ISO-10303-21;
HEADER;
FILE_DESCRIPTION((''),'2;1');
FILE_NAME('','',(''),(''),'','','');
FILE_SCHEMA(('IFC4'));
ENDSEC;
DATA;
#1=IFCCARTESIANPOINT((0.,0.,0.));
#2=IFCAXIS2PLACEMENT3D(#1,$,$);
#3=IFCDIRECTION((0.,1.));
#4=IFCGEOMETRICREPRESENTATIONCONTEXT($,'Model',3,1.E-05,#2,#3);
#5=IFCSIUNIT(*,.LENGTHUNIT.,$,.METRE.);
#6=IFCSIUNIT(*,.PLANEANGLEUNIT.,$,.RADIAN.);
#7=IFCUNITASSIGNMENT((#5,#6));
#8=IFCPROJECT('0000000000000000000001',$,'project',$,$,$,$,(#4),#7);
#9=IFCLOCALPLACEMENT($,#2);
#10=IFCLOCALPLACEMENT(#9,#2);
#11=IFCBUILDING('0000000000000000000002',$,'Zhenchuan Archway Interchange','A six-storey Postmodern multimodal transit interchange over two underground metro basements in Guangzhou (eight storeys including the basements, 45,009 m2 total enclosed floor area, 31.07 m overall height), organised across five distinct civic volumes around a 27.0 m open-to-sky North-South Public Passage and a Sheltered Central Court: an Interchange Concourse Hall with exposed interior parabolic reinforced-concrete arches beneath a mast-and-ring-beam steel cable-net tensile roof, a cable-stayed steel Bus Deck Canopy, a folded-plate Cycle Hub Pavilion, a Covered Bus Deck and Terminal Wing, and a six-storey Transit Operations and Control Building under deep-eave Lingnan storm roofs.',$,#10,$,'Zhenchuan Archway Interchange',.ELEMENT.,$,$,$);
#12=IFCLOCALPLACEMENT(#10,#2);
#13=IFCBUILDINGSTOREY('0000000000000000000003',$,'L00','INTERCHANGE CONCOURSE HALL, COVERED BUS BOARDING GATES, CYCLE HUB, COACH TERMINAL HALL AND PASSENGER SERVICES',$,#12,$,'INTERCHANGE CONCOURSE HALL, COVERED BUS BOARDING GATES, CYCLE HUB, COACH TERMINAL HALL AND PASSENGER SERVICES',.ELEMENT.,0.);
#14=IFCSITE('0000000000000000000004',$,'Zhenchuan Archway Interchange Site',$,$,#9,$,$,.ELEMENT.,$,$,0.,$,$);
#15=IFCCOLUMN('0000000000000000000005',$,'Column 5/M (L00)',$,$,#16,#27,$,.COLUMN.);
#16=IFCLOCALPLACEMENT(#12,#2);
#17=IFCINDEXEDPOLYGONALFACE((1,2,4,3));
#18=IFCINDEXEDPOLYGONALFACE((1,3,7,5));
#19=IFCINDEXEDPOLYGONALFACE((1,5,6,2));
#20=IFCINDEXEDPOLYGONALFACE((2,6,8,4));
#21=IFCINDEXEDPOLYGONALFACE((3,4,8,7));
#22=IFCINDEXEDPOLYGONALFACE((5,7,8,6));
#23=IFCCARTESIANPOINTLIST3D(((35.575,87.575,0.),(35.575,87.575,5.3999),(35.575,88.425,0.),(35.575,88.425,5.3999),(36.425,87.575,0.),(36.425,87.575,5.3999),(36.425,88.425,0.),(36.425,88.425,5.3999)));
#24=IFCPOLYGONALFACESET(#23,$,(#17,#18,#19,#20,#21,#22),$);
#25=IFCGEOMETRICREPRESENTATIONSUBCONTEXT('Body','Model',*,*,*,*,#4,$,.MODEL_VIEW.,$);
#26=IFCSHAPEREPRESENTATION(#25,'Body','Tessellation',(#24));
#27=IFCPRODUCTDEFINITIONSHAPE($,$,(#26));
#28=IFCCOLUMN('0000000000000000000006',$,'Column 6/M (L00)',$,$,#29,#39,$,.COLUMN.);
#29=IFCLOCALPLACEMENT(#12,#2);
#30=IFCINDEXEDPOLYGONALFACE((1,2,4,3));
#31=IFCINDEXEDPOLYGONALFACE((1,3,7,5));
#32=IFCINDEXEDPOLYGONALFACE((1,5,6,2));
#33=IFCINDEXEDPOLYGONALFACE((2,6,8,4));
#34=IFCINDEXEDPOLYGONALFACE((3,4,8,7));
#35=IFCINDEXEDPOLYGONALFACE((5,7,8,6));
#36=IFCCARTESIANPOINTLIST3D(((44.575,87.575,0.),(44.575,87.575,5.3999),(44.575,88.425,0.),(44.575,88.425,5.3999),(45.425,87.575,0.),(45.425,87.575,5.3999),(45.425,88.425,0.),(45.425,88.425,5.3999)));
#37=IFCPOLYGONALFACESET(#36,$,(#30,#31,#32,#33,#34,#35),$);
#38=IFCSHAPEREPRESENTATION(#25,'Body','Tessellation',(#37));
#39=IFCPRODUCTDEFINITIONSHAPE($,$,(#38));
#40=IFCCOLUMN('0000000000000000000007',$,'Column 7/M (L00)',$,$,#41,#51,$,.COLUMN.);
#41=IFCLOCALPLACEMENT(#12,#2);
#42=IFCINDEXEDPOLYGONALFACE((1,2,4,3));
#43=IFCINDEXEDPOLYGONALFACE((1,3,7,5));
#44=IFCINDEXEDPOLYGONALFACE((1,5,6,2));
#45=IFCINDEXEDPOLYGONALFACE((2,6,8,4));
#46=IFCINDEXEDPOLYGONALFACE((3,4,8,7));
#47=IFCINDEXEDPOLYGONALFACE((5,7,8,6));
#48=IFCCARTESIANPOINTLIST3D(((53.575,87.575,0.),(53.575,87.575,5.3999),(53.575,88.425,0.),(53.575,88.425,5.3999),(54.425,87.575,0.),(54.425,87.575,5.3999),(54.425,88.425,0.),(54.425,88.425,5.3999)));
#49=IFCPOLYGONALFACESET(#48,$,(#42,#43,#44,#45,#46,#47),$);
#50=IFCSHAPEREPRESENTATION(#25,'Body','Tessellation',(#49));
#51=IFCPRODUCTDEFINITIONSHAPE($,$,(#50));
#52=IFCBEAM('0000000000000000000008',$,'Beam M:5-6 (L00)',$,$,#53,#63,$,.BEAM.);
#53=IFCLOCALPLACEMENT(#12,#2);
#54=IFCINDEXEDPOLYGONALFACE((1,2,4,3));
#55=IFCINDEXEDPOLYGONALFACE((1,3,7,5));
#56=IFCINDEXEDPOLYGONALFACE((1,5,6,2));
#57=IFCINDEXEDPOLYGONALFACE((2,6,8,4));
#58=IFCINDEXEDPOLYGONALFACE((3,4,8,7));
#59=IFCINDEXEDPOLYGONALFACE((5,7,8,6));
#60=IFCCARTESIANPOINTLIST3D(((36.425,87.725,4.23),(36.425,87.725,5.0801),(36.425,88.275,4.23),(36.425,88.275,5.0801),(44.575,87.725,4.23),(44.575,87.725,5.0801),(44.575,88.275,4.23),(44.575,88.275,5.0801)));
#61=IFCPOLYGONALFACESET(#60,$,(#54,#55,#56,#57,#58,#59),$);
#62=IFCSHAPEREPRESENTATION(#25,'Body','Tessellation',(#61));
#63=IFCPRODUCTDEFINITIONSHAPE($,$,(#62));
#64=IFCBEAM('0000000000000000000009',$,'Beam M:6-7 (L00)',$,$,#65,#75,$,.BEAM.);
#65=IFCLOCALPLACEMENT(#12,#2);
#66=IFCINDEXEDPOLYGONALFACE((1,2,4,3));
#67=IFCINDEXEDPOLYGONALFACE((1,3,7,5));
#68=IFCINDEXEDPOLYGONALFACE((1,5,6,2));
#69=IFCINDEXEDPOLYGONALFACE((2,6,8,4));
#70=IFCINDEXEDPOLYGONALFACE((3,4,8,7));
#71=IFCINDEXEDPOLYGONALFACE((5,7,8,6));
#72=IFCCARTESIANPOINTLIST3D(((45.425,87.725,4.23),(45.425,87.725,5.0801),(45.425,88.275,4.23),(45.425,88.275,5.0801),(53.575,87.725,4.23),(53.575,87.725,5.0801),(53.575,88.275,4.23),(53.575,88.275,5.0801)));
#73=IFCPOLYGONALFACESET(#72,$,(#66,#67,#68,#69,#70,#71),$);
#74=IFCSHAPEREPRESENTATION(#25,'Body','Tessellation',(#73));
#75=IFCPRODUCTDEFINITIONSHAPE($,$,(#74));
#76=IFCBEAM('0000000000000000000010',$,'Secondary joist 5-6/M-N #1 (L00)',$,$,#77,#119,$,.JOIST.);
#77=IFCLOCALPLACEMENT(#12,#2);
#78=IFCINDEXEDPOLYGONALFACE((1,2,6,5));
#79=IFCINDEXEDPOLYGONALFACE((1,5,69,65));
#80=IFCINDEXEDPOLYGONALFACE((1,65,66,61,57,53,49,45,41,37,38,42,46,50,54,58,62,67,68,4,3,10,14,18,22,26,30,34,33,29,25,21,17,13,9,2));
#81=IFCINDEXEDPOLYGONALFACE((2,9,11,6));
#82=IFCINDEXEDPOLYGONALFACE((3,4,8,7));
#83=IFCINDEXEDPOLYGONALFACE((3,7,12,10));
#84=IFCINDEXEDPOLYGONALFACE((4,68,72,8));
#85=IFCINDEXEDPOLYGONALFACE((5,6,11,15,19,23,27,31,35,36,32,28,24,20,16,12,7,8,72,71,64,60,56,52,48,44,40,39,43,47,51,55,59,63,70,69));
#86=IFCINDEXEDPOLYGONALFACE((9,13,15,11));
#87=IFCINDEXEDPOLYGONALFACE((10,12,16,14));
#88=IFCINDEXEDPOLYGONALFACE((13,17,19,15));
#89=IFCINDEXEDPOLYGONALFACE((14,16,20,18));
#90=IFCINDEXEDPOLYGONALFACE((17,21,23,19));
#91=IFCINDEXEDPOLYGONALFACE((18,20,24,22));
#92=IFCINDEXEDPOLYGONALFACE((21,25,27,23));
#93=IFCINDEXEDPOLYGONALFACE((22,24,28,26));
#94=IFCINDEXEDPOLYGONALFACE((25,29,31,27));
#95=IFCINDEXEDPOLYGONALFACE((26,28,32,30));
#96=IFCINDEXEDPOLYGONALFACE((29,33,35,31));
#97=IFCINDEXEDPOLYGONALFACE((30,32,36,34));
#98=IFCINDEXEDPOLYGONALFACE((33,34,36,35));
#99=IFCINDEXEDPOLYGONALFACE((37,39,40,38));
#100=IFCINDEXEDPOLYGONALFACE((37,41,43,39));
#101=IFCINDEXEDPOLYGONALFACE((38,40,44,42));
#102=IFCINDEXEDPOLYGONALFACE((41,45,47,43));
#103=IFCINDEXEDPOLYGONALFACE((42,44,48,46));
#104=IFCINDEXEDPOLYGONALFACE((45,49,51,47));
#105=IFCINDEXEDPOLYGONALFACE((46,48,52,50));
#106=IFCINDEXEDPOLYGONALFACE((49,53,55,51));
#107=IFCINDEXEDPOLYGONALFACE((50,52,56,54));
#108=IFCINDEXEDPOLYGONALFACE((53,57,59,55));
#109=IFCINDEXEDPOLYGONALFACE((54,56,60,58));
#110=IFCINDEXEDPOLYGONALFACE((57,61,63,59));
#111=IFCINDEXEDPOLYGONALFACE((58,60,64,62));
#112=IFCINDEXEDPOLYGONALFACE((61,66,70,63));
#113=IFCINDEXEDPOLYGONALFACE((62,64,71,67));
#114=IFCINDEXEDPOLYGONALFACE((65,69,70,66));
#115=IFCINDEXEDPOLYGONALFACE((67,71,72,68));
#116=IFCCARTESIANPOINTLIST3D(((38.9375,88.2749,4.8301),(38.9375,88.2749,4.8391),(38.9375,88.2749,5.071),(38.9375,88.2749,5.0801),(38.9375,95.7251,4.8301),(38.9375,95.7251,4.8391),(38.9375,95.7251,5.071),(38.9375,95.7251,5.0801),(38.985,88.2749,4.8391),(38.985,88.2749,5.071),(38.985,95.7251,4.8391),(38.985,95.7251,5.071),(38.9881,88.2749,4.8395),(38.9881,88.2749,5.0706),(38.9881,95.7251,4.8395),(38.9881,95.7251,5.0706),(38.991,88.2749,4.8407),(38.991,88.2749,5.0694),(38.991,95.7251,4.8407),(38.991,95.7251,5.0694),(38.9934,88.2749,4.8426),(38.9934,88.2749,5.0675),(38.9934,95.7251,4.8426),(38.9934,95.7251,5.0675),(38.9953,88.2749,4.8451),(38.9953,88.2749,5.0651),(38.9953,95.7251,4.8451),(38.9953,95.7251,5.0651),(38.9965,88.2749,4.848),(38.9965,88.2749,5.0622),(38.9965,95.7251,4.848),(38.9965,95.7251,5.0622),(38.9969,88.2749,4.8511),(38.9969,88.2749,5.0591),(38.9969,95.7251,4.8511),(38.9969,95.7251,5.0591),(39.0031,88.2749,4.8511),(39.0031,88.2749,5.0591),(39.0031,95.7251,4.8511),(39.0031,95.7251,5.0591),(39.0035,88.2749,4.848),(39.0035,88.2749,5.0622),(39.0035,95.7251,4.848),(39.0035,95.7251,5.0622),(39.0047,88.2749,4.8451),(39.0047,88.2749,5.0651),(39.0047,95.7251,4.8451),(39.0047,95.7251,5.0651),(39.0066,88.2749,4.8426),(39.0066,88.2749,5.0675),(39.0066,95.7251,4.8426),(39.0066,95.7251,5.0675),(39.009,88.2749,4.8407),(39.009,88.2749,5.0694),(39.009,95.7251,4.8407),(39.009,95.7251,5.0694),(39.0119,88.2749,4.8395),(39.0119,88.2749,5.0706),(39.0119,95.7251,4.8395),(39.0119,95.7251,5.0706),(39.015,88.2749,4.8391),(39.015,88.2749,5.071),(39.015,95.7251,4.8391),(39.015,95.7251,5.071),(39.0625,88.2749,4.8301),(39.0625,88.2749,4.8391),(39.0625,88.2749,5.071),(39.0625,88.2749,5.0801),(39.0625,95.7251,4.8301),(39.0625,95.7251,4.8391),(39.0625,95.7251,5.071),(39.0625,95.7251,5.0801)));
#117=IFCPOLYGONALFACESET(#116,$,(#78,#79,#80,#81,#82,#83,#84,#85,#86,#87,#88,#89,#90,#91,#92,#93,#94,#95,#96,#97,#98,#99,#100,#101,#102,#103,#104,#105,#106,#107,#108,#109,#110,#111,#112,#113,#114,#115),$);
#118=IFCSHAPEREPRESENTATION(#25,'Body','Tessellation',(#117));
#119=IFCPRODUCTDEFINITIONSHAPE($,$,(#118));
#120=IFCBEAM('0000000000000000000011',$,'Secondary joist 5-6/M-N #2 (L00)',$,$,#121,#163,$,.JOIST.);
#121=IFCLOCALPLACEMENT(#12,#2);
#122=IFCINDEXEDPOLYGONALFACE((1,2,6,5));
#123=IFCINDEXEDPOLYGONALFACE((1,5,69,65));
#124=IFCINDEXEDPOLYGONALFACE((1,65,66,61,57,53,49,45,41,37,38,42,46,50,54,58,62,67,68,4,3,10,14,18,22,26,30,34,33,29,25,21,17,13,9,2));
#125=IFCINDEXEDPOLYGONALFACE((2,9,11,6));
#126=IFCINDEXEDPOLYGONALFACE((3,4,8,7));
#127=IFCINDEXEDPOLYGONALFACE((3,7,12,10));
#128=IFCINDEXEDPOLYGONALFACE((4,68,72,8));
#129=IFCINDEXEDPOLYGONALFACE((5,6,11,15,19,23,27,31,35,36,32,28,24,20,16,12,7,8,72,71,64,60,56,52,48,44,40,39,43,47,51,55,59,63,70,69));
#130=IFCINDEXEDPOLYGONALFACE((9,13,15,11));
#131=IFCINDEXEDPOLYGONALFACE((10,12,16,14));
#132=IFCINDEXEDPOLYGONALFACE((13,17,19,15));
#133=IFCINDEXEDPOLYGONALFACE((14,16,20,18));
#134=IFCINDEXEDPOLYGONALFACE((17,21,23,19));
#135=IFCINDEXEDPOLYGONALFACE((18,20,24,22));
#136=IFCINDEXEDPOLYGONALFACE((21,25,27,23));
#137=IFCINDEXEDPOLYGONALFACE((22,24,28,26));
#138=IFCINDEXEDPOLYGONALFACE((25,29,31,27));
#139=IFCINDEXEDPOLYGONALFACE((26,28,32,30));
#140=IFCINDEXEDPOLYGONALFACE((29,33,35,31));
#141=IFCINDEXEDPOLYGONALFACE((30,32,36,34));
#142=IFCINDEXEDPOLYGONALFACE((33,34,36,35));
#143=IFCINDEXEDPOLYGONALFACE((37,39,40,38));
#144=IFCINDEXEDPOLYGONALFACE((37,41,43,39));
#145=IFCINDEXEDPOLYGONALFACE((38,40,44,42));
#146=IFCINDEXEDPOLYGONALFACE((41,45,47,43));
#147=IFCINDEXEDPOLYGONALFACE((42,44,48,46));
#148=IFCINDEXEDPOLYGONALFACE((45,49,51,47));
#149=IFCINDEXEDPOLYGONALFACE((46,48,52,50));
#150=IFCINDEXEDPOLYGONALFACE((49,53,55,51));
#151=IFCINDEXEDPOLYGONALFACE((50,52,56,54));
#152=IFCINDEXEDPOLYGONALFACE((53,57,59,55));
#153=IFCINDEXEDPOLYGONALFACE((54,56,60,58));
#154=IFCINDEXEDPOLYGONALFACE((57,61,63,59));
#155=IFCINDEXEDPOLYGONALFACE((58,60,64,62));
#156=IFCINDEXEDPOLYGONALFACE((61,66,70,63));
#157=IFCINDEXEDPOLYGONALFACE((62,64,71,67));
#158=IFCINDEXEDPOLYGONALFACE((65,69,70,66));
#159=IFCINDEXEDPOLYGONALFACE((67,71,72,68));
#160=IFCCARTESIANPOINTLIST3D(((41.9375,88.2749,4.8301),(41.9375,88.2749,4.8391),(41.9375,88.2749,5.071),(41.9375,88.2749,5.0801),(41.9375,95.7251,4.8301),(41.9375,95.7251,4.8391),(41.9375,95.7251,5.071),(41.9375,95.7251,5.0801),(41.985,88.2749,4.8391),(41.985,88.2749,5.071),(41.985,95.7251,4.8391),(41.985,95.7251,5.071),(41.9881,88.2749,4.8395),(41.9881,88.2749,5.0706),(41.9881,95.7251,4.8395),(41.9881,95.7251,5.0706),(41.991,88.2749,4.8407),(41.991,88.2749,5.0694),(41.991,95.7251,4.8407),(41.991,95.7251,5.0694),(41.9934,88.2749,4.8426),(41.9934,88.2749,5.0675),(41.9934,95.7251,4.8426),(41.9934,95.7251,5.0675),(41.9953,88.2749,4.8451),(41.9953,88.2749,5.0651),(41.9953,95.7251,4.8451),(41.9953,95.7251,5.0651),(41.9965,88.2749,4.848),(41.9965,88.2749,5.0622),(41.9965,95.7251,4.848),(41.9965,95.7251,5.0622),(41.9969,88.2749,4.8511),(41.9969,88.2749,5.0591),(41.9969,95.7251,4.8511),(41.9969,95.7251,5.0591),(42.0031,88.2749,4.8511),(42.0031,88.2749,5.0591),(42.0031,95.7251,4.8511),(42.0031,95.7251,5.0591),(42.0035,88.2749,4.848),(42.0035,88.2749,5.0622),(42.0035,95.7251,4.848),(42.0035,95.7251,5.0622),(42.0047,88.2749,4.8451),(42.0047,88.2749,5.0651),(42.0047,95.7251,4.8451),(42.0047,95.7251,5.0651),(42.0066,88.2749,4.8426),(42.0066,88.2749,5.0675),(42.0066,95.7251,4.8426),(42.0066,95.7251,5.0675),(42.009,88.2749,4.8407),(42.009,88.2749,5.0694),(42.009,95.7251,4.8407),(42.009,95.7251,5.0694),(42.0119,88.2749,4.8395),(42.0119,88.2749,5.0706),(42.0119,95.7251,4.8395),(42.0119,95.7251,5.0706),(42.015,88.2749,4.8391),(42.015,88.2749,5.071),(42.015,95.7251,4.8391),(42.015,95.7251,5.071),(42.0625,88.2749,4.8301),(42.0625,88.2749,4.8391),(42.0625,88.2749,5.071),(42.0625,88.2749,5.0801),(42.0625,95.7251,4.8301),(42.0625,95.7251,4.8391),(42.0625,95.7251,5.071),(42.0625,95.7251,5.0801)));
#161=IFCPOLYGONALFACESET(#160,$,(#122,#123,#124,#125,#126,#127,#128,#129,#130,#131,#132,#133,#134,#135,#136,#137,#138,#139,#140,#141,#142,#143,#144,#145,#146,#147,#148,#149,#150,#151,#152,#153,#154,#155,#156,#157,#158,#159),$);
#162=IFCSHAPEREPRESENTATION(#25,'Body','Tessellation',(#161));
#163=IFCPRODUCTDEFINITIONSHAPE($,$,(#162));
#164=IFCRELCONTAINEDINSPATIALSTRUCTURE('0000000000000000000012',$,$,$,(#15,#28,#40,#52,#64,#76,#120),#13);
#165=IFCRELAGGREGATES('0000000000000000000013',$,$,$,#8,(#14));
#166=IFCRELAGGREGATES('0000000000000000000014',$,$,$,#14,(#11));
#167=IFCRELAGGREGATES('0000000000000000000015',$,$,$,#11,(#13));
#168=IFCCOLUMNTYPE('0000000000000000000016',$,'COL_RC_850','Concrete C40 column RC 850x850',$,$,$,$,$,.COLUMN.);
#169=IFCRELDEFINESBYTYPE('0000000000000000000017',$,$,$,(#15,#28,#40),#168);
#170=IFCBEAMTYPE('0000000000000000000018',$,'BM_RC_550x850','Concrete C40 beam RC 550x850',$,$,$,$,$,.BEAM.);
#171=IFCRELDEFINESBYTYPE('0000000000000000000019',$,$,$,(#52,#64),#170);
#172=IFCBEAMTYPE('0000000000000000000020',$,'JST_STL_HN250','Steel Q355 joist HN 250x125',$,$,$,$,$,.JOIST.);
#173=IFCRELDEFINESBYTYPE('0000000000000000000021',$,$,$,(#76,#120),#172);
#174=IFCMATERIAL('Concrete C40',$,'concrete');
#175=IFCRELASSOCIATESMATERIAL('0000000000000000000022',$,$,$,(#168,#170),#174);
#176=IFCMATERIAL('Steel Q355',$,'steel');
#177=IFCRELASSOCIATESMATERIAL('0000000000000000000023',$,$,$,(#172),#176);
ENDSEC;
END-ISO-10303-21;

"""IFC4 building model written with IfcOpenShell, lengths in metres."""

from ifc_helpers import new_model, si_unit, direction, frame, origin, origin_2d, place, context, subcontext, project, spatial, rectangle, i_section, extrude, material, material_profile, profile_set, type_object, element, save


model = new_model("IFC4")

# Units and contexts
model_context = context("Model", 3, precision=1e-05, world=origin(), true_north=direction((0.0, 1.0)))
body_context = subcontext(model_context, "Body", "Model", "MODEL_VIEW")
ifc_project = project(units=[si_unit("LENGTHUNIT", "METRE"), si_unit("PLANEANGLEUNIT", "RADIAN")], contexts=[model_context])

# Site, building, storey
site_placement = place(None, origin())
site = spatial("IfcSite", under=ifc_project, at=site_placement, Name="Zhenchuan Archway Interchange Site", CompositionType="ELEMENT", RefElevation=0.0)
building_placement = place(site_placement, origin())
building = spatial("IfcBuilding", under=site, at=building_placement, Name="Zhenchuan Archway Interchange", Description="A six-storey Postmodern multimodal transit interchange over two underground metro basements in Guangzhou (eight storeys including the basements, 45,009 m2 total enclosed floor area, 31.07 m overall height), organised across five distinct civic volumes around a 27.0 m open-to-sky North-South Public Passage and a Sheltered Central Court: an Interchange Concourse Hall with exposed interior parabolic reinforced-concrete arches beneath a mast-and-ring-beam steel cable-net tensile roof, a cable-stayed steel Bus Deck Canopy, a folded-plate Cycle Hub Pavilion, a Covered Bus Deck and Terminal Wing, and a six-storey Transit Operations and Control Building under deep-eave Lingnan storm roofs.", LongName="Zhenchuan Archway Interchange", CompositionType="ELEMENT")
storey_placement = place(building_placement, origin())
storey = spatial("IfcBuildingStorey", under=building, at=storey_placement, Name="L00", Description="INTERCHANGE CONCOURSE HALL, COVERED BUS BOARDING GATES, CYCLE HUB, COACH TERMINAL HALL AND PASSENGER SERVICES", LongName="INTERCHANGE CONCOURSE HALL, COVERED BUS BOARDING GATES, CYCLE HUB, COACH TERMINAL HALL AND PASSENGER SERVICES", CompositionType="ELEMENT", Elevation=0.0)

# Columns
ifc_material_1 = material(Name="Concrete C40", Category="concrete")
ifc_material_profile_1 = material_profile(ifc_material_1, rectangle(XDim=0.8501, YDim=0.8501, at=origin_2d()), Name="RC 850x850")
ifc_profile_set_1 = profile_set([ifc_material_profile_1], Name="Concrete C40")
column_type = type_object("IfcColumnType", Name="COL_RC_850", Description="Concrete C40 column RC 850x850", PredefinedType="COLUMN", material=ifc_profile_set_1)
for number, where, z_axis, x_axis, name in (
    (1, (36.0, 88.0, 0.0), (0.0, 0.0, 1.0), (1.0, 0.0, 0.0), "Column 5/M (L00)"),
    (2, (45.0, 88.0, 0.0), (0.0, 0.0, 1.0), (1.0, 0.0, 0.0), "Column 6/M (L00)"),
    (3, (54.0, 88.0, 0.0), (0.0, 0.0, 1.0), (1.0, 0.0, 0.0), "Column 7/M (L00)"),
):
    element("IfcColumn", number, at=place(storey_placement, frame(where, z_axis=z_axis, x_axis=x_axis)), inside=storey, type_object=column_type, Name=name, PredefinedType="COLUMN", context=body_context, shape_type="SweptSolid", body=[
        extrude(rectangle(XDim=0.8501, YDim=0.8501, at=origin_2d()), origin(), (0.0, 0.0, 1.0), 5.3999),
    ])

# Beams
ifc_material_profile_2 = material_profile(ifc_material_1, rectangle(XDim=0.55, YDim=0.8501, at=origin_2d()), Name="RC 550x850")
ifc_profile_set_2 = profile_set([ifc_material_profile_2], Name="Concrete C40")
beam_type_1 = type_object("IfcBeamType", Name="BM_RC_550x850", Description="Concrete C40 beam RC 550x850", PredefinedType="BEAM", material=ifc_profile_set_2)
for number, where, z_axis, x_axis, name in (
    (4, (36.425, 88.0, 4.655), (1.0, 0.0, 0.0), (0.0, 1.0, 0.0), "Beam M:5-6 (L00)"),
    (5, (45.425, 88.0, 4.655), (1.0, 0.0, 0.0), (0.0, 1.0, 0.0), "Beam M:6-7 (L00)"),
):
    element("IfcBeam", number, at=place(storey_placement, frame(where, z_axis=z_axis, x_axis=x_axis)), inside=storey, type_object=beam_type_1, Name=name, PredefinedType="BEAM", context=body_context, shape_type="SweptSolid", body=[
        extrude(rectangle(XDim=0.55, YDim=0.8501, at=origin_2d()), origin(), (0.0, 0.0, 1.0), 8.1499),
    ])
ifc_material_2 = material(Name="Steel Q355", Category="steel")
ifc_material_profile_3 = material_profile(ifc_material_2, i_section(OverallWidth=0.125, OverallDepth=0.25, WebThickness=0.0061, FlangeThickness=0.009, FilletRadius=0.012, at=origin_2d()), Name="HN 250x125")
ifc_profile_set_3 = profile_set([ifc_material_profile_3], Name="Steel Q355")
beam_type_2 = type_object("IfcBeamType", Name="JST_STL_HN250", Description="Steel Q355 joist HN 250x125", PredefinedType="JOIST", material=ifc_profile_set_3)
for number, where, z_axis, x_axis, name in (
    (6, (39.0, 88.2749, 4.9551), (0.0, 1.0, 0.0), (-1.0, 0.0, 0.0), "Secondary joist 5-6/M-N #1 (L00)"),
    (7, (42.0, 88.2749, 4.9551), (0.0, 1.0, 0.0), (-1.0, 0.0, 0.0), "Secondary joist 5-6/M-N #2 (L00)"),
):
    element("IfcBeam", number, at=place(storey_placement, frame(where, z_axis=z_axis, x_axis=x_axis)), inside=storey, type_object=beam_type_2, Name=name, PredefinedType="JOIST", context=body_context, shape_type="SweptSolid", body=[
        extrude(i_section(OverallWidth=0.125, OverallDepth=0.25, WebThickness=0.0061, FlangeThickness=0.009, FilletRadius=0.012, at=origin_2d()), origin(), (0.0, 0.0, 1.0), 7.4502),
    ])

save(model, "model.ifc")
